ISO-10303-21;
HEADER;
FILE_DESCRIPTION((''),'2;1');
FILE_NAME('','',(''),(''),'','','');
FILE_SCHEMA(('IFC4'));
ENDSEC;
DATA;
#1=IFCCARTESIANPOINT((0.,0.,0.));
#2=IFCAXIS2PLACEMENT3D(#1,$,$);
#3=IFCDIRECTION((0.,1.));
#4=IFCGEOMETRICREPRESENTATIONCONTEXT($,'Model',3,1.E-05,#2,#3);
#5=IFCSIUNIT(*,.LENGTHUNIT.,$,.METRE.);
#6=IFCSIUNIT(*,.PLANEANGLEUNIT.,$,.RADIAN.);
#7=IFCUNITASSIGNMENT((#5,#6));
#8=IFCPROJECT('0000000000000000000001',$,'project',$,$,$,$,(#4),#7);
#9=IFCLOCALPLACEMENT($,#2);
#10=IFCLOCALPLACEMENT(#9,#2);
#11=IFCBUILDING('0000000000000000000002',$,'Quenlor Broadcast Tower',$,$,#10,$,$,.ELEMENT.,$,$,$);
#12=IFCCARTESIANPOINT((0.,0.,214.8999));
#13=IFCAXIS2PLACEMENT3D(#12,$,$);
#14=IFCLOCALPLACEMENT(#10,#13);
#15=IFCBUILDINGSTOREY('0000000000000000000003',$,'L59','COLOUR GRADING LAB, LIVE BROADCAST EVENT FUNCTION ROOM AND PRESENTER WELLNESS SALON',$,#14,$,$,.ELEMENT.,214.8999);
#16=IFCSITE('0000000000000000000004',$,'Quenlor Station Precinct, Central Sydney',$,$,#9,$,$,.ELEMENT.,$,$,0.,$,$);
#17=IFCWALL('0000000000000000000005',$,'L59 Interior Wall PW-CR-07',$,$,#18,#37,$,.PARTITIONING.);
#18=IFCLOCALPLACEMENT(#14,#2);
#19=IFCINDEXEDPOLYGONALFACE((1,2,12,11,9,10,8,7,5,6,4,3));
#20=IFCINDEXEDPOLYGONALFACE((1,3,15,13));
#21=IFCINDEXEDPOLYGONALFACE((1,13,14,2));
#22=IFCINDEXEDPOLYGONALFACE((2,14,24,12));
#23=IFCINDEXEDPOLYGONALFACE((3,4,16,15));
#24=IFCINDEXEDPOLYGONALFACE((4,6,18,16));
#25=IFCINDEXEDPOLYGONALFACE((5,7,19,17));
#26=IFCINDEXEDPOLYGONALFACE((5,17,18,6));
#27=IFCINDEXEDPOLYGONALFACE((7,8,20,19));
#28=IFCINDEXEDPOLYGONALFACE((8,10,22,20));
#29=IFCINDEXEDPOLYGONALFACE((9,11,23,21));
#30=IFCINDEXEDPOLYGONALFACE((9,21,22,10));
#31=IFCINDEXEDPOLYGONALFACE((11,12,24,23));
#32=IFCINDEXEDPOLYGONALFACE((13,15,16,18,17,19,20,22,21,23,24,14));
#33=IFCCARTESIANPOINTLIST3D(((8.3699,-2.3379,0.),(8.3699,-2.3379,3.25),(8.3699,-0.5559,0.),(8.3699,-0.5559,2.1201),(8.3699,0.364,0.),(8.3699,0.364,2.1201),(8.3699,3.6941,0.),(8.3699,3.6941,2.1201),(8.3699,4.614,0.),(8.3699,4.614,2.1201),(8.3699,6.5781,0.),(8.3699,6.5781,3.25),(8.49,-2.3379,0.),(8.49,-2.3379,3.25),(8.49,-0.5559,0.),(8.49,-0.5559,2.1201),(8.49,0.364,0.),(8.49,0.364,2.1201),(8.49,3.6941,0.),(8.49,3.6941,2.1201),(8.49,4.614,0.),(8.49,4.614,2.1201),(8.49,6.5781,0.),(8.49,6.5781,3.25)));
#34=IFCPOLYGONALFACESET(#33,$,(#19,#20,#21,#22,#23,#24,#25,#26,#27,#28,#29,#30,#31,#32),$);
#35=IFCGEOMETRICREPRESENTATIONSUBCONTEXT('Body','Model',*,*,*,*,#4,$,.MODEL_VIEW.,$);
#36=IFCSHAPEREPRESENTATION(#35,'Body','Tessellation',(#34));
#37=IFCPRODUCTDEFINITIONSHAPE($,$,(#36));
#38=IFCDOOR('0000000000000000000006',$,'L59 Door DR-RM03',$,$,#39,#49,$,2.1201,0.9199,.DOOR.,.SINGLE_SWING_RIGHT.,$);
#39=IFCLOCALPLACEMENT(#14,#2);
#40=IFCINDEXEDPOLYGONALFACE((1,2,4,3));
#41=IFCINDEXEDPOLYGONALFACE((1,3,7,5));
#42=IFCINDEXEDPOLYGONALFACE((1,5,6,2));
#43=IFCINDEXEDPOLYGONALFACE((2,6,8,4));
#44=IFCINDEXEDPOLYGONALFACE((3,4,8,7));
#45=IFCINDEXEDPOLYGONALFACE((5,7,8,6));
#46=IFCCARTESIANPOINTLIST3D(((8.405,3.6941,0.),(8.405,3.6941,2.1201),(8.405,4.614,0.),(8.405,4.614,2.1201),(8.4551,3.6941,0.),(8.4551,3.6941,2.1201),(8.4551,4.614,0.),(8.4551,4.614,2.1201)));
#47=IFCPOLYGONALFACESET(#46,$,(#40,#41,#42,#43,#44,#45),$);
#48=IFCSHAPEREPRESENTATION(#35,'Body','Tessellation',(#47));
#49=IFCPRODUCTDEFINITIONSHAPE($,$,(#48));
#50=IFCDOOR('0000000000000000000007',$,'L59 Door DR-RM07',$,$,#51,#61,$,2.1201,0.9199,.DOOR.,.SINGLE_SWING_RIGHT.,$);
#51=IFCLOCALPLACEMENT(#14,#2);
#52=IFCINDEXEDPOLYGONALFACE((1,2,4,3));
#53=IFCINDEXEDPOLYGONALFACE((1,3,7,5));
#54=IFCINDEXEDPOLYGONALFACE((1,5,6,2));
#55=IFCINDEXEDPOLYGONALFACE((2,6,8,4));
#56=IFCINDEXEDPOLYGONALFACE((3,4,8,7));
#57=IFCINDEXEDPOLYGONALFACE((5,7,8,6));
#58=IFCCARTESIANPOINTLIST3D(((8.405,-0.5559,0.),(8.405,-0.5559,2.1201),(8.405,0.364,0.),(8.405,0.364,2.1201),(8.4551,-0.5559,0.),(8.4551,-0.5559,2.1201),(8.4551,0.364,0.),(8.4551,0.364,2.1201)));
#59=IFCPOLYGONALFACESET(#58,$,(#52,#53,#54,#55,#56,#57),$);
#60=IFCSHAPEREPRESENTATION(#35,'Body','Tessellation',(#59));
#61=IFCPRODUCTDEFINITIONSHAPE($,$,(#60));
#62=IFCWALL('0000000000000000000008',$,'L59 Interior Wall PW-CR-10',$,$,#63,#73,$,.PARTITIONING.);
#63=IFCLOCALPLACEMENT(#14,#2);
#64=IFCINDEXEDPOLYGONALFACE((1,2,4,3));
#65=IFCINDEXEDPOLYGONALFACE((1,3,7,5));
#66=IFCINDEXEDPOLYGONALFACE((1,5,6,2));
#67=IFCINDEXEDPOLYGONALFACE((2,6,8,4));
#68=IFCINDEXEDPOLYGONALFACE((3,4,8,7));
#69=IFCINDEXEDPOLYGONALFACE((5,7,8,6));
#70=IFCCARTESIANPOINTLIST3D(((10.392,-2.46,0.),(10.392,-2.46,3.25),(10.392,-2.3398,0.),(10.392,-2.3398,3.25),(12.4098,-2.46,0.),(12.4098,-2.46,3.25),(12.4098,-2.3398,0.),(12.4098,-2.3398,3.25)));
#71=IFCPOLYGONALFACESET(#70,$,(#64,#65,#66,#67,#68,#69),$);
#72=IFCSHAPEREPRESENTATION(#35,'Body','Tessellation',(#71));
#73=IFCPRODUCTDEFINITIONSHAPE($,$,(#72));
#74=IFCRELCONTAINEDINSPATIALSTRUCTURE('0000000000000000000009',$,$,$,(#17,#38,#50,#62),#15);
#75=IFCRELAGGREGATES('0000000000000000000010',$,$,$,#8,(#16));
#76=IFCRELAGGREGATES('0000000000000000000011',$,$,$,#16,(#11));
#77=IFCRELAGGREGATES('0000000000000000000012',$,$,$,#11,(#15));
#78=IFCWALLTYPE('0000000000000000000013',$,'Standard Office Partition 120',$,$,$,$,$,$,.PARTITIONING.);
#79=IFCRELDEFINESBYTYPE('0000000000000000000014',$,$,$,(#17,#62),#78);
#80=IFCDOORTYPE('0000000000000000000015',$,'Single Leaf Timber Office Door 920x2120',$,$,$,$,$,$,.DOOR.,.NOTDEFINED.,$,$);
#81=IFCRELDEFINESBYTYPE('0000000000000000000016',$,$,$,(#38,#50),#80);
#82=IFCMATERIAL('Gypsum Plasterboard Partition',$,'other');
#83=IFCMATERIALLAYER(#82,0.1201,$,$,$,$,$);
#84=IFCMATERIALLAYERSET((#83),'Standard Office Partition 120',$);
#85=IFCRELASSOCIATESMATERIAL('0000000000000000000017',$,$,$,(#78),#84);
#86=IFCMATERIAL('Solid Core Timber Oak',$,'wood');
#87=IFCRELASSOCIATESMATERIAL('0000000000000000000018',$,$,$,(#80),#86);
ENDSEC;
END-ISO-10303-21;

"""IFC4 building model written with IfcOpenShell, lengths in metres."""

from ifc_helpers import new_model, si_unit, direction, frame, frame_2d, origin, place, context, subcontext, project, spatial, rectangle, extrude, material, layer, layer_set, type_object, element, fill, save


model = new_model("IFC4")

# Units and contexts
model_context = context("Model", 3, precision=1e-05, world=origin(), true_north=direction((0.0, 1.0)))
body_context = subcontext(model_context, "Body", "Model", "MODEL_VIEW")
ifc_project = project(units=[si_unit("LENGTHUNIT", "METRE"), si_unit("PLANEANGLEUNIT", "RADIAN")], contexts=[model_context])

# Site, building, storey
site_placement = place(None, origin())
site = spatial("IfcSite", under=ifc_project, at=site_placement, Name="Quenlor Station Precinct, Central Sydney", CompositionType="ELEMENT", RefElevation=0.0)
building_placement = place(site_placement, origin())
building = spatial("IfcBuilding", under=site, at=building_placement, Name="Quenlor Broadcast Tower", CompositionType="ELEMENT")
storey_placement = place(building_placement, frame((0.0, 0.0, 214.8999)))
storey = spatial("IfcBuildingStorey", under=building, at=storey_placement, Name="L59", Description="COLOUR GRADING LAB, LIVE BROADCAST EVENT FUNCTION ROOM AND PRESENTER WELLNESS SALON", CompositionType="ELEMENT", Elevation=214.8999)

# Shared definitions
ifc_material_1 = material(Name="Gypsum Plasterboard Partition", Category="other")
ifc_layer_1 = layer(ifc_material_1, 0.1201)
ifc_layer_set_1 = layer_set([ifc_layer_1], Name="Standard Office Partition 120")
wall_type_1 = type_object("IfcWallType", Name="Standard Office Partition 120", PredefinedType="PARTITIONING", material=ifc_layer_set_1)

# Wall, openings, doors
wall_1_placement = place(storey_placement, frame((8.4299, -2.3379, 0.0), z_axis=(0.0, 0.0, 1.0), x_axis=(0.0, 1.0, 0.0)))
wall_1 = element("IfcWall", 1, at=wall_1_placement, inside=storey, type_object=wall_type_1, Name="L59 Interior Wall PW-CR-07", PredefinedType="PARTITIONING", context=body_context, shape_type="SweptSolid", body=[
    extrude(rectangle(XDim=8.916, YDim=0.1201, at=frame_2d((4.458, 0.0))), origin(), (0.0, 0.0, 1.0), 3.25),
])
opening_1_placement = place(wall_1_placement, frame((6.032, 0.0, 0.0)))
opening_1 = element("IfcOpeningElement", 2, at=opening_1_placement, cuts=wall_1, PredefinedType="OPENING", context=body_context, shape_type="SweptSolid", body=[
    extrude(rectangle(XDim=0.9199, YDim=2.1201, at=frame_2d((0.46, 1.0601))), frame((0.0, 0.0701, 0.0), z_axis=(0.0, -1.0, 0.0), x_axis=(1.0, 0.0, 0.0)), (0.0, 0.0, 1.0), 0.1401),
])
opening_2_placement = place(wall_1_placement, frame((1.782, 0.0, 0.0)))
opening_2 = element("IfcOpeningElement", 3, at=opening_2_placement, cuts=wall_1, PredefinedType="OPENING", context=body_context, shape_type="SweptSolid", body=[
    extrude(rectangle(XDim=0.9199, YDim=2.1201, at=frame_2d((0.46, 1.0601))), frame((0.0, 0.0701, 0.0), z_axis=(0.0, -1.0, 0.0), x_axis=(1.0, 0.0, 0.0)), (0.0, 0.0, 1.0), 0.1401),
])
ifc_material_2 = material(Name="Solid Core Timber Oak", Category="wood")
door_type_1 = type_object("IfcDoorType", Name="Single Leaf Timber Office Door 920x2120", OperationType="NOTDEFINED", PredefinedType="DOOR", material=ifc_material_2)
door_1_placement = place(opening_1_placement, origin())
door_1 = element("IfcDoor", 4, at=door_1_placement, inside=storey, type_object=door_type_1, Name="L59 Door DR-RM03", OperationType="SINGLE_SWING_RIGHT", OverallHeight=2.1201, OverallWidth=0.9199, PredefinedType="DOOR", context=body_context, shape_type="SweptSolid", body=[
    extrude(rectangle(XDim=0.9199, YDim=2.1201, at=frame_2d((0.46, 1.0601))), frame((0.0, 0.0249, 0.0), z_axis=(0.0, -1.0, 0.0), x_axis=(1.0, 0.0, 0.0)), (0.0, 0.0, 1.0), 0.05),
])
fill(opening_1, door_1)
door_2_placement = place(opening_2_placement, origin())
door_2 = element("IfcDoor", 5, at=door_2_placement, inside=storey, type_object=door_type_1, Name="L59 Door DR-RM07", OperationType="SINGLE_SWING_RIGHT", OverallHeight=2.1201, OverallWidth=0.9199, PredefinedType="DOOR", context=body_context, shape_type="SweptSolid", body=[
    extrude(rectangle(XDim=0.9199, YDim=2.1201, at=frame_2d((0.46, 1.0601))), frame((0.0, 0.0249, 0.0), z_axis=(0.0, -1.0, 0.0), x_axis=(1.0, 0.0, 0.0)), (0.0, 0.0, 1.0), 0.05),
])
fill(opening_2, door_2)

# Wall
wall_2_placement = place(storey_placement, frame((10.3921, -2.3999, 0.0), z_axis=(0.0, 0.0, 1.0), x_axis=(1.0, 0.0, 0.0)))
element("IfcWall", 6, at=wall_2_placement, inside=storey, type_object=wall_type_1, Name="L59 Interior Wall PW-CR-10", PredefinedType="PARTITIONING", context=body_context, shape_type="SweptSolid", body=[
    extrude(rectangle(XDim=2.0178, YDim=0.1201, at=frame_2d((1.0088, 0.0))), origin(), (0.0, 0.0, 1.0), 3.25),
])

save(model, "model.ifc")
